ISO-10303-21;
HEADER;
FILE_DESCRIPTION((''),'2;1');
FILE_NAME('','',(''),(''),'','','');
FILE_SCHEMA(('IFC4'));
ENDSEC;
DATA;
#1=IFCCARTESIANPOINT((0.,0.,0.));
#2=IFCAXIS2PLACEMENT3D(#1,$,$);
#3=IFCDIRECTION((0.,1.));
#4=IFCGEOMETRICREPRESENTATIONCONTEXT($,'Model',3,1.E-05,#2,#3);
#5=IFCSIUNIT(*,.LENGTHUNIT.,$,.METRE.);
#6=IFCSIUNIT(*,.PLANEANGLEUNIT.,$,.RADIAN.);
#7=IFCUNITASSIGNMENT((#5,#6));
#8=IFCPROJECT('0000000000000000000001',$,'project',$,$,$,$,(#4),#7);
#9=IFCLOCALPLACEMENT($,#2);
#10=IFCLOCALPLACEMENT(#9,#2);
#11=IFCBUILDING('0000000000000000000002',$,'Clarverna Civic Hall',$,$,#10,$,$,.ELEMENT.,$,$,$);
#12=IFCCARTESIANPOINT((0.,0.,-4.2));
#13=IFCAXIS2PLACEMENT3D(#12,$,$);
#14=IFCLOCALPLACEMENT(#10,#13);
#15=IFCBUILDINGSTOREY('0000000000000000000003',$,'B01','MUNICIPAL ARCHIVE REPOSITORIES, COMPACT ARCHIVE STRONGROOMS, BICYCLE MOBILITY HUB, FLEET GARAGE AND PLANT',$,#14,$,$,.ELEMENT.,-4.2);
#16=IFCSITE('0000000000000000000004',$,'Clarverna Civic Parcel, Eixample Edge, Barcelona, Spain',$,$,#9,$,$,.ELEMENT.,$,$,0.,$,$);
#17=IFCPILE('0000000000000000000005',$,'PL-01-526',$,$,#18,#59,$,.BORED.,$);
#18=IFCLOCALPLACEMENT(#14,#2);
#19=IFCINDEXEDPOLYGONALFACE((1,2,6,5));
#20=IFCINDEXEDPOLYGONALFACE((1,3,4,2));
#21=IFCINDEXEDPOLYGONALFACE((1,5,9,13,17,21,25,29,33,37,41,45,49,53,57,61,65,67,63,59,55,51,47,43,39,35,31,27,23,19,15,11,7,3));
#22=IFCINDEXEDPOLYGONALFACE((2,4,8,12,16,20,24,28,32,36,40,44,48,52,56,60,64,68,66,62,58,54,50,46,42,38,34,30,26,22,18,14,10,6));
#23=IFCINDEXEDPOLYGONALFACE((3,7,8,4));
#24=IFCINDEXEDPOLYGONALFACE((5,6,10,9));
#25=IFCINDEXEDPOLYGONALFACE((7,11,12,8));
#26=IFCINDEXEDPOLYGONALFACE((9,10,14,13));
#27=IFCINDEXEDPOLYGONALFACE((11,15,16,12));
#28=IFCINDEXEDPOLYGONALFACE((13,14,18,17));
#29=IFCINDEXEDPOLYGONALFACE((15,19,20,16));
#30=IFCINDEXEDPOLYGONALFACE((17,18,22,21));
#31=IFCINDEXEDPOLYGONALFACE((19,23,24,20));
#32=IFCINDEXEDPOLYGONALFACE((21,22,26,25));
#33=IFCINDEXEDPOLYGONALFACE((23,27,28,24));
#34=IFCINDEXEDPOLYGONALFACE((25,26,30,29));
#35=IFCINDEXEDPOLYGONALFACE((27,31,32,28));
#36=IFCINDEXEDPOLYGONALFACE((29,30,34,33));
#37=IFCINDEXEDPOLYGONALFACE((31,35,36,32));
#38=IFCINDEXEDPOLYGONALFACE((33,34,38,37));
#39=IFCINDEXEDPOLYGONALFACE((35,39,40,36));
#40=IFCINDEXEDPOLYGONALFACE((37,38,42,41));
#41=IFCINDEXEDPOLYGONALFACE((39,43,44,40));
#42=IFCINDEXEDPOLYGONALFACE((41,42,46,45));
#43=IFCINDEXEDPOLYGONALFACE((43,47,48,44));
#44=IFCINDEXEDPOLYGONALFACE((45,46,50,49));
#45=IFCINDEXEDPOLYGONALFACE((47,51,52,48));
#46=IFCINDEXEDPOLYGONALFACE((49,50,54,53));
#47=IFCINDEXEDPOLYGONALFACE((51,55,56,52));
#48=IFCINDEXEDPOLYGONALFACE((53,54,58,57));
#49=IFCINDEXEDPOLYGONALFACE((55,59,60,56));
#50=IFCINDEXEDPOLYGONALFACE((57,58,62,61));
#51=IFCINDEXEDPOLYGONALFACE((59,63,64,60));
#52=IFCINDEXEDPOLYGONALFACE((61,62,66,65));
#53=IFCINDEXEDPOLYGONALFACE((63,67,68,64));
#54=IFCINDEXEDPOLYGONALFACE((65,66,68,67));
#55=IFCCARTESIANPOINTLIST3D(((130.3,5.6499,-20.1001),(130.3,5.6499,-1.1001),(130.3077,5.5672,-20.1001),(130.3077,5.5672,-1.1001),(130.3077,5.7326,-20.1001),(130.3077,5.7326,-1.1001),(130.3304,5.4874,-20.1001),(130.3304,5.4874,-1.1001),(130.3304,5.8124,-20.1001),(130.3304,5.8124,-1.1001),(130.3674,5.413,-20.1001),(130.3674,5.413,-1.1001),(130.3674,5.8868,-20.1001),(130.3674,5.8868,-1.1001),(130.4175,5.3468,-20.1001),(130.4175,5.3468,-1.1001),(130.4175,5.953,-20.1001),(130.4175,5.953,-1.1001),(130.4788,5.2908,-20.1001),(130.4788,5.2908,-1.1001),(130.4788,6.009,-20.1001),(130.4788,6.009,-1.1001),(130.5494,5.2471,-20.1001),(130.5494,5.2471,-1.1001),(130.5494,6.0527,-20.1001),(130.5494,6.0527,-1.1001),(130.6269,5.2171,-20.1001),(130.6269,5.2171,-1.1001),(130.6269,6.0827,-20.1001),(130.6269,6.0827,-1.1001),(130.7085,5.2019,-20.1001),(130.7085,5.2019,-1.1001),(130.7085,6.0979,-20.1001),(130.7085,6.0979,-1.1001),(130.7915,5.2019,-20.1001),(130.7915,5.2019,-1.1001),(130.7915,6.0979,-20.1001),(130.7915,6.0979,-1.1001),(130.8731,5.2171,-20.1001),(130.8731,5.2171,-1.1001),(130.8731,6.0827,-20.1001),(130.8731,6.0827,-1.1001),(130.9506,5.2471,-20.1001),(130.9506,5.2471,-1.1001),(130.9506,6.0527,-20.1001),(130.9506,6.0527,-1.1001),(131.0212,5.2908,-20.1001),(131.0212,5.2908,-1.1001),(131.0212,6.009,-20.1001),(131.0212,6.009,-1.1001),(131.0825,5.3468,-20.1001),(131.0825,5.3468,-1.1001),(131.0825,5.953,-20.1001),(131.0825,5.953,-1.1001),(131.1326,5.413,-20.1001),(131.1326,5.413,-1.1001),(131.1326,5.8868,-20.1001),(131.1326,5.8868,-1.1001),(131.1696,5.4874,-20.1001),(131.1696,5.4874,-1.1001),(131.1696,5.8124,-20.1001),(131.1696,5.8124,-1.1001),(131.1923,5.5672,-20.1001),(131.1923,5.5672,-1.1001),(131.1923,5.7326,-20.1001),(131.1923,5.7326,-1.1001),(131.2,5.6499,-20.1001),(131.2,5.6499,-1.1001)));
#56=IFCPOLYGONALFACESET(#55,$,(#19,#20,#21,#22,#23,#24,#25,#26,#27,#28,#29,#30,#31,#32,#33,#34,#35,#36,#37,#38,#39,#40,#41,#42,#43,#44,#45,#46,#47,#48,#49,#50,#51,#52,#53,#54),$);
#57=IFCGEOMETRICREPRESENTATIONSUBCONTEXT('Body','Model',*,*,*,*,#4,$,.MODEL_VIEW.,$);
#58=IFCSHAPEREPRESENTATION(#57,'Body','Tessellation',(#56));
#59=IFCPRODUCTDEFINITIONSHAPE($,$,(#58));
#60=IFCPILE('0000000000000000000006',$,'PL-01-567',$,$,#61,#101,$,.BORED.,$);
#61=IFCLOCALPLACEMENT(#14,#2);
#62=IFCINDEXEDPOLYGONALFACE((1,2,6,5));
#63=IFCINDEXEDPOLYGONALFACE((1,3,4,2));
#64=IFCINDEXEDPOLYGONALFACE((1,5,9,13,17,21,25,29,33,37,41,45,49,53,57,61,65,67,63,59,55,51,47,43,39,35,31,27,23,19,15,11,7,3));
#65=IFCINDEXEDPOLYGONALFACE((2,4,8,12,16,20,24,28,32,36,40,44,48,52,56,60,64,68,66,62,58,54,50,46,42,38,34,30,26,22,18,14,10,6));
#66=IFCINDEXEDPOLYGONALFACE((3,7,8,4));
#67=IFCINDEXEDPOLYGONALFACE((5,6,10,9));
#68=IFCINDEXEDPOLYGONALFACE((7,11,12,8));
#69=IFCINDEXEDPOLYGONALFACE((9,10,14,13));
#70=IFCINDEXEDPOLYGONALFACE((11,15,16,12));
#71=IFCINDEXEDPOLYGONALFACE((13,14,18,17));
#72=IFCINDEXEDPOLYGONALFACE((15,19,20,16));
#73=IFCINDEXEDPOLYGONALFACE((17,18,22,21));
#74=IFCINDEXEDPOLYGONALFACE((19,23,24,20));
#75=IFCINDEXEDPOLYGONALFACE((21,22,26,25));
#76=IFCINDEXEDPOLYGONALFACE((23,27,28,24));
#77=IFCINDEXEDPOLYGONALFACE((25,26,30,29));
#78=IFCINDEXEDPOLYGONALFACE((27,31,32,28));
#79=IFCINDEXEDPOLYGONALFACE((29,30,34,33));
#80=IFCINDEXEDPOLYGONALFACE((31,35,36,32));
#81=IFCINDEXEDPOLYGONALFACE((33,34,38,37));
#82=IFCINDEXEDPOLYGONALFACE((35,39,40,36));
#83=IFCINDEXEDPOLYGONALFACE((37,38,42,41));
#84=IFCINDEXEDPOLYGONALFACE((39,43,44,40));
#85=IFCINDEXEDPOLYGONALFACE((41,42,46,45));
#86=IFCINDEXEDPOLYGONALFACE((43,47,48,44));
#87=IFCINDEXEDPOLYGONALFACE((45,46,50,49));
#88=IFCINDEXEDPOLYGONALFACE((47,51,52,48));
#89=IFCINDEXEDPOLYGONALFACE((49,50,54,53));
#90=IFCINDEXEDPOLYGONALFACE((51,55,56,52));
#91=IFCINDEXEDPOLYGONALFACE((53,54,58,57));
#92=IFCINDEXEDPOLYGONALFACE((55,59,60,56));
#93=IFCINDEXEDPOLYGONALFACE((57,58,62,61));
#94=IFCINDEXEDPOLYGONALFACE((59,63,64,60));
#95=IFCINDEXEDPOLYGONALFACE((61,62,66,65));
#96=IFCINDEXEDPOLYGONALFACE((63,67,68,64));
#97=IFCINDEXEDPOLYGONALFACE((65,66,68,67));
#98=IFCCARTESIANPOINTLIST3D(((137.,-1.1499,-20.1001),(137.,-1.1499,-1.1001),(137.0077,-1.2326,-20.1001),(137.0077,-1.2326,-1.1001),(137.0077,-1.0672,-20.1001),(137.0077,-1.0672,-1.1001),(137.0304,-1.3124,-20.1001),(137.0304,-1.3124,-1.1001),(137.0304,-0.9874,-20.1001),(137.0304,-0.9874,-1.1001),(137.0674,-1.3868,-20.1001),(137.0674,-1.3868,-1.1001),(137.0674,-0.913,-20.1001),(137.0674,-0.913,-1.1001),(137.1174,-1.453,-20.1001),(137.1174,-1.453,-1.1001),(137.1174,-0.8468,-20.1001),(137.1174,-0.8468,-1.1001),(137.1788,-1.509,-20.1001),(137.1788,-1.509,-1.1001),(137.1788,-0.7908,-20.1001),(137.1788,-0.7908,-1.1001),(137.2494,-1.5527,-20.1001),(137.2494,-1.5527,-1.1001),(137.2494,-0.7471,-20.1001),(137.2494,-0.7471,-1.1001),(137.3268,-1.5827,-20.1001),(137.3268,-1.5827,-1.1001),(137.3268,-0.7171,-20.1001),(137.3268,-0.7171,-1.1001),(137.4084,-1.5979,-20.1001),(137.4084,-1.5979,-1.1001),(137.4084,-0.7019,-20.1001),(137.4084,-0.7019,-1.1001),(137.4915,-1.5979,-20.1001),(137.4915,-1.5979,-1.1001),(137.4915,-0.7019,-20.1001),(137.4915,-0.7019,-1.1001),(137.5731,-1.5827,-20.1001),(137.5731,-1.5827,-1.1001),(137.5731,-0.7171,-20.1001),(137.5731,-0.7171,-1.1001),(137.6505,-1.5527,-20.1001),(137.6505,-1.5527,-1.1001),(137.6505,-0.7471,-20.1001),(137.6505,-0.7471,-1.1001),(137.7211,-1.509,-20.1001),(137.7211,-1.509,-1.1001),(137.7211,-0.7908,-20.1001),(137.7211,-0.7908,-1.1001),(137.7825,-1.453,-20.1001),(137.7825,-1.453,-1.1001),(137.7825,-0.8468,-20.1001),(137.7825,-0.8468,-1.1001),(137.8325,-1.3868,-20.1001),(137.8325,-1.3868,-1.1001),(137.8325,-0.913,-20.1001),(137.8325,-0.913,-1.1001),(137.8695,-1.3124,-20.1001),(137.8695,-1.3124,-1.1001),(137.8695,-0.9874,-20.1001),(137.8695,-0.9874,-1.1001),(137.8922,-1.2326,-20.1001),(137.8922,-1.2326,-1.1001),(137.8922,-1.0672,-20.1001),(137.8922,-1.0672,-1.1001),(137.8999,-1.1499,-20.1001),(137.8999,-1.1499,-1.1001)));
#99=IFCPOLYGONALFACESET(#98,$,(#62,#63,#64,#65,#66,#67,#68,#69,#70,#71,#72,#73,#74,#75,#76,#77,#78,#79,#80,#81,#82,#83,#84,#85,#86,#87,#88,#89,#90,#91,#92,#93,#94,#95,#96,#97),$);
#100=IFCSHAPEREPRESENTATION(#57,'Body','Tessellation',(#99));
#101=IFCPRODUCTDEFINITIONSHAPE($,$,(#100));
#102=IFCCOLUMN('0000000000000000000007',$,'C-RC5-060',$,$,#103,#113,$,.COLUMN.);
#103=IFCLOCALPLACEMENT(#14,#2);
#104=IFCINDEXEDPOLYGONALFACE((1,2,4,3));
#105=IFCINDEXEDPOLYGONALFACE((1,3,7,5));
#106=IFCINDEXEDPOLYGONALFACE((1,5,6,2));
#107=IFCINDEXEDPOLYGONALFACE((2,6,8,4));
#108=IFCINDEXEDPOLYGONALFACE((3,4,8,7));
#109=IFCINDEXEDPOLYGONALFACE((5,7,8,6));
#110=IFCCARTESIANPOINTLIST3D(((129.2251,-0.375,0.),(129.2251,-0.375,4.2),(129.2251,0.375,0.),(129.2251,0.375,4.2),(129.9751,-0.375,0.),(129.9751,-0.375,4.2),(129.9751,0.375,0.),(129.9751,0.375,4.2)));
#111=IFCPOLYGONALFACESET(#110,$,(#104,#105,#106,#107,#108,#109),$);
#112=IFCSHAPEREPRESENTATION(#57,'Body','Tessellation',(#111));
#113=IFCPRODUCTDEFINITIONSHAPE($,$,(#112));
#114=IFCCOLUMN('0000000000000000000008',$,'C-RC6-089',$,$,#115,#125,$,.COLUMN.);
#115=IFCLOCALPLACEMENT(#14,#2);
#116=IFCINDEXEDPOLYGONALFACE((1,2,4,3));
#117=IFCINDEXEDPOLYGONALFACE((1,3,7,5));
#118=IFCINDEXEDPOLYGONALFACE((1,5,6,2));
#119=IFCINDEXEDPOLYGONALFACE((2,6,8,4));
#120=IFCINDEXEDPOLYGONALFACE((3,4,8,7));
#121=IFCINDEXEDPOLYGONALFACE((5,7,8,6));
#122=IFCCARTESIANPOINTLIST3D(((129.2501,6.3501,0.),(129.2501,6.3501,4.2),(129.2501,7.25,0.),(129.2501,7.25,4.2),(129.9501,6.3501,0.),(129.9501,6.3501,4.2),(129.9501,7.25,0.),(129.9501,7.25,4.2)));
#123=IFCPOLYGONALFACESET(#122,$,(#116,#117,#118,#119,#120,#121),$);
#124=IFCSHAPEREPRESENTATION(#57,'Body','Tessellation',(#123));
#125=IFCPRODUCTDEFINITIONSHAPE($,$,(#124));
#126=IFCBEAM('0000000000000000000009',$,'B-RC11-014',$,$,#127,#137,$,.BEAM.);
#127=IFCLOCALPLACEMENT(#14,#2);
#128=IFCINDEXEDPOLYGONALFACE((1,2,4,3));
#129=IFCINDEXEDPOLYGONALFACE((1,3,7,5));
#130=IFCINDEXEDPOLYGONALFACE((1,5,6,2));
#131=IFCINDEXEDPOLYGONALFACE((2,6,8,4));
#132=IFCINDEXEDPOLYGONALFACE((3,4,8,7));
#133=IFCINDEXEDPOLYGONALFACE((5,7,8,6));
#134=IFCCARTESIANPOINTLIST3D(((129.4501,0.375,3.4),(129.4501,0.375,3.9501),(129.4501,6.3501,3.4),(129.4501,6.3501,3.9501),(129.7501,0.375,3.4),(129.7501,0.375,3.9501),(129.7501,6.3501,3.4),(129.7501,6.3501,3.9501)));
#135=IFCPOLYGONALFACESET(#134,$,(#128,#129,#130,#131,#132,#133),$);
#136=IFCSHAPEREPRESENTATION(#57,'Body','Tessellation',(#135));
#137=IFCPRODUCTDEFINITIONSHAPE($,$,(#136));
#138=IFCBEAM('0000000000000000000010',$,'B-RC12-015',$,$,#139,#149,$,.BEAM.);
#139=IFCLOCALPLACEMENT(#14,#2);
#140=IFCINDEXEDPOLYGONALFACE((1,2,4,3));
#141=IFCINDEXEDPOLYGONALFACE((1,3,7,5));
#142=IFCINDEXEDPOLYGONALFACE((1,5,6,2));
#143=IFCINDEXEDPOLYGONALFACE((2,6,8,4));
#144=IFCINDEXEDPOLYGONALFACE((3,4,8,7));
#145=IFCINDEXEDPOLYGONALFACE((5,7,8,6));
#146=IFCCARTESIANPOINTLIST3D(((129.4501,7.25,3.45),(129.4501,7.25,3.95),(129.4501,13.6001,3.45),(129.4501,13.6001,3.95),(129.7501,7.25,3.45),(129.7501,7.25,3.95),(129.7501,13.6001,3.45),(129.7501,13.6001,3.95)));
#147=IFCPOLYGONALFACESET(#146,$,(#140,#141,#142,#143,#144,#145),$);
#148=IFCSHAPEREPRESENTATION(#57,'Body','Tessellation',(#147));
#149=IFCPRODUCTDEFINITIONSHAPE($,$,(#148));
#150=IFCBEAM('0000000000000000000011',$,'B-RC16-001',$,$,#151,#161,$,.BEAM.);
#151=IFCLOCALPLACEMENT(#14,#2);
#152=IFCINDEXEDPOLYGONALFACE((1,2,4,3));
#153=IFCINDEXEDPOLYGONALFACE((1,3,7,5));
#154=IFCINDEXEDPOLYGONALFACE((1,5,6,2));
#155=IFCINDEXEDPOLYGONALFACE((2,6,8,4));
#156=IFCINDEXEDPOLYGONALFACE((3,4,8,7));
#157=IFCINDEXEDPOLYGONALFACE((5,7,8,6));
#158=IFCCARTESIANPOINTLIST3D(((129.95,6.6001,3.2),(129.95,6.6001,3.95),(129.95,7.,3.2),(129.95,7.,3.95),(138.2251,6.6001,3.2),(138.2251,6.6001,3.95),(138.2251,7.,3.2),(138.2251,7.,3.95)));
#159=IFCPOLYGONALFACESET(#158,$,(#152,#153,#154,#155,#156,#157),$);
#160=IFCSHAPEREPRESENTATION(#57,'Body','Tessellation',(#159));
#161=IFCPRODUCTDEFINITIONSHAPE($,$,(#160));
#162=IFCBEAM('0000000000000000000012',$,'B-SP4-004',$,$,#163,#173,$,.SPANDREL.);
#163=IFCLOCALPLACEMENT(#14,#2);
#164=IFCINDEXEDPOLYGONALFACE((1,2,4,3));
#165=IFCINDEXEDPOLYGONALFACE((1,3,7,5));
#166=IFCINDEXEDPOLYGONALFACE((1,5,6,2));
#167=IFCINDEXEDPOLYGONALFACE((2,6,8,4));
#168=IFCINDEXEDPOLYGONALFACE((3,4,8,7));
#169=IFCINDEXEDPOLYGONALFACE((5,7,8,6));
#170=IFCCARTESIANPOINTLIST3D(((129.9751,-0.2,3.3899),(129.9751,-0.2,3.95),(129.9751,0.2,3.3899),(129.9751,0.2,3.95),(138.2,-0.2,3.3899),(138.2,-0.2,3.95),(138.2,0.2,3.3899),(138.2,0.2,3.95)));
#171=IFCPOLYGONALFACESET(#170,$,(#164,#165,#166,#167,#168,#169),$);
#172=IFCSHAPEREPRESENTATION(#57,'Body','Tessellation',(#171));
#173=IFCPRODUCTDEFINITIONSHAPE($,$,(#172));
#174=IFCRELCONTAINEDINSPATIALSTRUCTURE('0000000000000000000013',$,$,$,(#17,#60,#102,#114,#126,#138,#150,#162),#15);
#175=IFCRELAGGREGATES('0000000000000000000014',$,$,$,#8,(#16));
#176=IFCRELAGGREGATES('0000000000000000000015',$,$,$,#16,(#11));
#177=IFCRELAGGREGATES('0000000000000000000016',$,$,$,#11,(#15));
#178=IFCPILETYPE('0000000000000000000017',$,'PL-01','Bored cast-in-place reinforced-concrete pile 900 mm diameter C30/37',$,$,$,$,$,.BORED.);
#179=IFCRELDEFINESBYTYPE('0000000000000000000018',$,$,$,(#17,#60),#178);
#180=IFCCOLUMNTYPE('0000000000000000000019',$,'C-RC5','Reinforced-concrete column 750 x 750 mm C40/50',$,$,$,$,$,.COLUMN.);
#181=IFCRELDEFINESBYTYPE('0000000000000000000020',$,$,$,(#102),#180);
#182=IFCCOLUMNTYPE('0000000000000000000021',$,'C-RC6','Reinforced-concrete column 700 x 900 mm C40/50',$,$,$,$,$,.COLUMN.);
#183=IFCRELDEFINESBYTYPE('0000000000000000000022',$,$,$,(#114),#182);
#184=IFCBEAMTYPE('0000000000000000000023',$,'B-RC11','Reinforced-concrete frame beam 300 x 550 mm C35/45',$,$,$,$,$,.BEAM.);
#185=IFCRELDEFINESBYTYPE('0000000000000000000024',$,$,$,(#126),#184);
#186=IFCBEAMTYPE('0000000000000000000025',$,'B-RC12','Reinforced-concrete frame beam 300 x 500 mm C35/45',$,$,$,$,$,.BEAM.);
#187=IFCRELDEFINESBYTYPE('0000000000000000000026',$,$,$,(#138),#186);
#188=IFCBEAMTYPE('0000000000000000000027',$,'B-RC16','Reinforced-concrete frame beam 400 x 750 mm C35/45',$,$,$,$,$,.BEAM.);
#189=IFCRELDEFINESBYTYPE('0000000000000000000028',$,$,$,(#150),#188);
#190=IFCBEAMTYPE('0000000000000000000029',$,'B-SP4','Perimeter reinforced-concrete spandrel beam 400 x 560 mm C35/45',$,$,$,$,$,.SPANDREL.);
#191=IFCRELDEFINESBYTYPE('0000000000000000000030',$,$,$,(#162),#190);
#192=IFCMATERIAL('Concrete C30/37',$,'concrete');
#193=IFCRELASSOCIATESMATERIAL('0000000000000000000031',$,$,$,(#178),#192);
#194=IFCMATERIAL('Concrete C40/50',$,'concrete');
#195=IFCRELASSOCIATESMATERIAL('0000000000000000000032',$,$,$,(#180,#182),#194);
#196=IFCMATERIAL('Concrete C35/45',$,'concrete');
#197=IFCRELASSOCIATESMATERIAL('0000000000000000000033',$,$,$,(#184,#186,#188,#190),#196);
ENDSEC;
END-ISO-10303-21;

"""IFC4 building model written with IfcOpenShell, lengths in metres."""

from ifc_helpers import new_model, si_unit, direction, frame, origin, origin_2d, place, context, subcontext, project, spatial, rectangle, circle, extrude, material, material_profile, profile_set, type_object, element, save


model = new_model("IFC4")

# Units and contexts
model_context = context("Model", 3, precision=1e-05, world=origin(), true_north=direction((0.0, 1.0)))
body_context = subcontext(model_context, "Body", "Model", "MODEL_VIEW")
ifc_project = project(units=[si_unit("LENGTHUNIT", "METRE"), si_unit("PLANEANGLEUNIT", "RADIAN")], contexts=[model_context])

# Site, building, storey
site_placement = place(None, origin())
site = spatial("IfcSite", under=ifc_project, at=site_placement, Name="Clarverna Civic Parcel, Eixample Edge, Barcelona, Spain", CompositionType="ELEMENT", RefElevation=0.0)
building_placement = place(site_placement, origin())
building = spatial("IfcBuilding", under=site, at=building_placement, Name="Clarverna Civic Hall", CompositionType="ELEMENT")
storey_placement = place(building_placement, frame((0.0, 0.0, -4.2)))
storey = spatial("IfcBuildingStorey", under=building, at=storey_placement, Name="B01", Description="MUNICIPAL ARCHIVE REPOSITORIES, COMPACT ARCHIVE STRONGROOMS, BICYCLE MOBILITY HUB, FLEET GARAGE AND PLANT", CompositionType="ELEMENT", Elevation=-4.2)

# Shared definitions
ifc_material_1 = material(Name="Concrete C30/37", Category="concrete")

# Piles
ifc_material_profile_1 = material_profile(ifc_material_1, circle(Radius=0.45, at=origin_2d()), Name="BORED PILE D900")
ifc_profile_set_1 = profile_set([ifc_material_profile_1], Name="Concrete C30/37")
pile_type = type_object("IfcPileType", Name="PL-01", Description="Bored cast-in-place reinforced-concrete pile 900 mm diameter C30/37", PredefinedType="BORED", material=ifc_profile_set_1)
for number, where, z_axis, x_axis, name in (
    (1, (130.75, 5.6499, -1.1001), (0.0, 0.0, -1.0), (1.0, 0.0, 0.0), "PL-01-526"),
    (2, (137.45, -1.1499, -1.1001), (0.0, 0.0, -1.0), (1.0, 0.0, 0.0), "PL-01-567"),
):
    element("IfcPile", number, at=place(storey_placement, frame(where, z_axis=z_axis, x_axis=x_axis)), inside=storey, type_object=pile_type, Name=name, PredefinedType="BORED", context=body_context, shape_type="SweptSolid", body=[
        extrude(circle(Radius=0.45, at=origin_2d()), origin(), (0.0, 0.0, 1.0), 19.0),
    ])

# Columns
ifc_material_2 = material(Name="Concrete C40/50", Category="concrete")
ifc_material_profile_2 = material_profile(ifc_material_2, rectangle(XDim=0.75, YDim=0.75, at=origin_2d()), Name="RC 750x750")
ifc_profile_set_2 = profile_set([ifc_material_profile_2], Name="Concrete C40/50")
column_type_1 = type_object("IfcColumnType", Name="C-RC5", Description="Reinforced-concrete column 750 x 750 mm C40/50", PredefinedType="COLUMN", material=ifc_profile_set_2)
column_1_placement = place(storey_placement, frame((129.6001, 0.0, 0.0), z_axis=(0.0, 0.0, 1.0), x_axis=(1.0, 0.0, 0.0)))
element("IfcColumn", 3, at=column_1_placement, inside=storey, type_object=column_type_1, Name="C-RC5-060", PredefinedType="COLUMN", context=body_context, shape_type="SweptSolid", body=[
    extrude(rectangle(XDim=0.75, YDim=0.75, at=origin_2d()), origin(), (0.0, 0.0, 1.0), 4.2),
])
ifc_material_profile_3 = material_profile(ifc_material_2, rectangle(XDim=0.7, YDim=0.8999, at=origin_2d()), Name="RC 700x900")
ifc_profile_set_3 = profile_set([ifc_material_profile_3], Name="Concrete C40/50")
column_type_2 = type_object("IfcColumnType", Name="C-RC6", Description="Reinforced-concrete column 700 x 900 mm C40/50", PredefinedType="COLUMN", material=ifc_profile_set_3)
column_2_placement = place(storey_placement, frame((129.6001, 6.8, 0.0), z_axis=(0.0, 0.0, 1.0), x_axis=(1.0, 0.0, 0.0)))
element("IfcColumn", 4, at=column_2_placement, inside=storey, type_object=column_type_2, Name="C-RC6-089", PredefinedType="COLUMN", context=body_context, shape_type="SweptSolid", body=[
    extrude(rectangle(XDim=0.7, YDim=0.8999, at=origin_2d()), origin(), (0.0, 0.0, 1.0), 4.2),
])

# Beams
ifc_material_3 = material(Name="Concrete C35/45", Category="concrete")
ifc_material_profile_4 = material_profile(ifc_material_3, rectangle(XDim=0.3, YDim=0.55, at=origin_2d()), Name="RC 300x550")
ifc_profile_set_4 = profile_set([ifc_material_profile_4], Name="Concrete C35/45")
beam_type_1 = type_object("IfcBeamType", Name="B-RC11", Description="Reinforced-concrete frame beam 300 x 550 mm C35/45", PredefinedType="BEAM", material=ifc_profile_set_4)
beam_1_placement = place(storey_placement, frame((129.6001, 0.375, 3.675), z_axis=(0.0, 1.0, 0.0), x_axis=(-1.0, 0.0, 0.0)))
element("IfcBeam", 5, at=beam_1_placement, inside=storey, type_object=beam_type_1, Name="B-RC11-014", PredefinedType="BEAM", context=body_context, shape_type="SweptSolid", body=[
    extrude(rectangle(XDim=0.3, YDim=0.55, at=origin_2d()), origin(), (0.0, 0.0, 1.0), 5.9751),
])
ifc_material_profile_5 = material_profile(ifc_material_3, rectangle(XDim=0.3, YDim=0.5, at=origin_2d()), Name="RC 300x500")
ifc_profile_set_5 = profile_set([ifc_material_profile_5], Name="Concrete C35/45")
beam_type_2 = type_object("IfcBeamType", Name="B-RC12", Description="Reinforced-concrete frame beam 300 x 500 mm C35/45", PredefinedType="BEAM", material=ifc_profile_set_5)
beam_2_placement = place(storey_placement, frame((129.6001, 7.25, 3.7), z_axis=(0.0, 1.0, 0.0), x_axis=(-1.0, 0.0, 0.0)))
element("IfcBeam", 6, at=beam_2_placement, inside=storey, type_object=beam_type_2, Name="B-RC12-015", PredefinedType="BEAM", context=body_context, shape_type="SweptSolid", body=[
    extrude(rectangle(XDim=0.3, YDim=0.5, at=origin_2d()), origin(), (0.0, 0.0, 1.0), 6.3501),
])
ifc_material_profile_6 = material_profile(ifc_material_3, rectangle(XDim=0.3999, YDim=0.75, at=origin_2d()), Name="RC 400x750")
ifc_profile_set_6 = profile_set([ifc_material_profile_6], Name="Concrete C35/45")
beam_type_3 = type_object("IfcBeamType", Name="B-RC16", Description="Reinforced-concrete frame beam 400 x 750 mm C35/45", PredefinedType="BEAM", material=ifc_profile_set_6)
beam_3_placement = place(storey_placement, frame((129.95, 6.8, 3.575), z_axis=(1.0, 0.0, 0.0), x_axis=(0.0, 1.0, 0.0)))
element("IfcBeam", 7, at=beam_3_placement, inside=storey, type_object=beam_type_3, Name="B-RC16-001", PredefinedType="BEAM", context=body_context, shape_type="SweptSolid", body=[
    extrude(rectangle(XDim=0.3999, YDim=0.75, at=origin_2d()), origin(), (0.0, 0.0, 1.0), 8.2751),
])
ifc_material_profile_7 = material_profile(ifc_material_3, rectangle(XDim=0.3999, YDim=0.5601, at=origin_2d()), Name="RC 400x560")
ifc_profile_set_7 = profile_set([ifc_material_profile_7], Name="Concrete C35/45")
beam_type_4 = type_object("IfcBeamType", Name="B-SP4", Description="Perimeter reinforced-concrete spandrel beam 400 x 560 mm C35/45", PredefinedType="SPANDREL", material=ifc_profile_set_7)
beam_4_placement = place(storey_placement, frame((129.9751, 0.0, 3.6699), z_axis=(1.0, 0.0, 0.0), x_axis=(0.0, 1.0, 0.0)))
element("IfcBeam", 8, at=beam_4_placement, inside=storey, type_object=beam_type_4, Name="B-SP4-004", PredefinedType="SPANDREL", context=body_context, shape_type="SweptSolid", body=[
    extrude(rectangle(XDim=0.3999, YDim=0.5601, at=origin_2d()), origin(), (0.0, 0.0, 1.0), 8.2249),
])

save(model, "model.ifc")
